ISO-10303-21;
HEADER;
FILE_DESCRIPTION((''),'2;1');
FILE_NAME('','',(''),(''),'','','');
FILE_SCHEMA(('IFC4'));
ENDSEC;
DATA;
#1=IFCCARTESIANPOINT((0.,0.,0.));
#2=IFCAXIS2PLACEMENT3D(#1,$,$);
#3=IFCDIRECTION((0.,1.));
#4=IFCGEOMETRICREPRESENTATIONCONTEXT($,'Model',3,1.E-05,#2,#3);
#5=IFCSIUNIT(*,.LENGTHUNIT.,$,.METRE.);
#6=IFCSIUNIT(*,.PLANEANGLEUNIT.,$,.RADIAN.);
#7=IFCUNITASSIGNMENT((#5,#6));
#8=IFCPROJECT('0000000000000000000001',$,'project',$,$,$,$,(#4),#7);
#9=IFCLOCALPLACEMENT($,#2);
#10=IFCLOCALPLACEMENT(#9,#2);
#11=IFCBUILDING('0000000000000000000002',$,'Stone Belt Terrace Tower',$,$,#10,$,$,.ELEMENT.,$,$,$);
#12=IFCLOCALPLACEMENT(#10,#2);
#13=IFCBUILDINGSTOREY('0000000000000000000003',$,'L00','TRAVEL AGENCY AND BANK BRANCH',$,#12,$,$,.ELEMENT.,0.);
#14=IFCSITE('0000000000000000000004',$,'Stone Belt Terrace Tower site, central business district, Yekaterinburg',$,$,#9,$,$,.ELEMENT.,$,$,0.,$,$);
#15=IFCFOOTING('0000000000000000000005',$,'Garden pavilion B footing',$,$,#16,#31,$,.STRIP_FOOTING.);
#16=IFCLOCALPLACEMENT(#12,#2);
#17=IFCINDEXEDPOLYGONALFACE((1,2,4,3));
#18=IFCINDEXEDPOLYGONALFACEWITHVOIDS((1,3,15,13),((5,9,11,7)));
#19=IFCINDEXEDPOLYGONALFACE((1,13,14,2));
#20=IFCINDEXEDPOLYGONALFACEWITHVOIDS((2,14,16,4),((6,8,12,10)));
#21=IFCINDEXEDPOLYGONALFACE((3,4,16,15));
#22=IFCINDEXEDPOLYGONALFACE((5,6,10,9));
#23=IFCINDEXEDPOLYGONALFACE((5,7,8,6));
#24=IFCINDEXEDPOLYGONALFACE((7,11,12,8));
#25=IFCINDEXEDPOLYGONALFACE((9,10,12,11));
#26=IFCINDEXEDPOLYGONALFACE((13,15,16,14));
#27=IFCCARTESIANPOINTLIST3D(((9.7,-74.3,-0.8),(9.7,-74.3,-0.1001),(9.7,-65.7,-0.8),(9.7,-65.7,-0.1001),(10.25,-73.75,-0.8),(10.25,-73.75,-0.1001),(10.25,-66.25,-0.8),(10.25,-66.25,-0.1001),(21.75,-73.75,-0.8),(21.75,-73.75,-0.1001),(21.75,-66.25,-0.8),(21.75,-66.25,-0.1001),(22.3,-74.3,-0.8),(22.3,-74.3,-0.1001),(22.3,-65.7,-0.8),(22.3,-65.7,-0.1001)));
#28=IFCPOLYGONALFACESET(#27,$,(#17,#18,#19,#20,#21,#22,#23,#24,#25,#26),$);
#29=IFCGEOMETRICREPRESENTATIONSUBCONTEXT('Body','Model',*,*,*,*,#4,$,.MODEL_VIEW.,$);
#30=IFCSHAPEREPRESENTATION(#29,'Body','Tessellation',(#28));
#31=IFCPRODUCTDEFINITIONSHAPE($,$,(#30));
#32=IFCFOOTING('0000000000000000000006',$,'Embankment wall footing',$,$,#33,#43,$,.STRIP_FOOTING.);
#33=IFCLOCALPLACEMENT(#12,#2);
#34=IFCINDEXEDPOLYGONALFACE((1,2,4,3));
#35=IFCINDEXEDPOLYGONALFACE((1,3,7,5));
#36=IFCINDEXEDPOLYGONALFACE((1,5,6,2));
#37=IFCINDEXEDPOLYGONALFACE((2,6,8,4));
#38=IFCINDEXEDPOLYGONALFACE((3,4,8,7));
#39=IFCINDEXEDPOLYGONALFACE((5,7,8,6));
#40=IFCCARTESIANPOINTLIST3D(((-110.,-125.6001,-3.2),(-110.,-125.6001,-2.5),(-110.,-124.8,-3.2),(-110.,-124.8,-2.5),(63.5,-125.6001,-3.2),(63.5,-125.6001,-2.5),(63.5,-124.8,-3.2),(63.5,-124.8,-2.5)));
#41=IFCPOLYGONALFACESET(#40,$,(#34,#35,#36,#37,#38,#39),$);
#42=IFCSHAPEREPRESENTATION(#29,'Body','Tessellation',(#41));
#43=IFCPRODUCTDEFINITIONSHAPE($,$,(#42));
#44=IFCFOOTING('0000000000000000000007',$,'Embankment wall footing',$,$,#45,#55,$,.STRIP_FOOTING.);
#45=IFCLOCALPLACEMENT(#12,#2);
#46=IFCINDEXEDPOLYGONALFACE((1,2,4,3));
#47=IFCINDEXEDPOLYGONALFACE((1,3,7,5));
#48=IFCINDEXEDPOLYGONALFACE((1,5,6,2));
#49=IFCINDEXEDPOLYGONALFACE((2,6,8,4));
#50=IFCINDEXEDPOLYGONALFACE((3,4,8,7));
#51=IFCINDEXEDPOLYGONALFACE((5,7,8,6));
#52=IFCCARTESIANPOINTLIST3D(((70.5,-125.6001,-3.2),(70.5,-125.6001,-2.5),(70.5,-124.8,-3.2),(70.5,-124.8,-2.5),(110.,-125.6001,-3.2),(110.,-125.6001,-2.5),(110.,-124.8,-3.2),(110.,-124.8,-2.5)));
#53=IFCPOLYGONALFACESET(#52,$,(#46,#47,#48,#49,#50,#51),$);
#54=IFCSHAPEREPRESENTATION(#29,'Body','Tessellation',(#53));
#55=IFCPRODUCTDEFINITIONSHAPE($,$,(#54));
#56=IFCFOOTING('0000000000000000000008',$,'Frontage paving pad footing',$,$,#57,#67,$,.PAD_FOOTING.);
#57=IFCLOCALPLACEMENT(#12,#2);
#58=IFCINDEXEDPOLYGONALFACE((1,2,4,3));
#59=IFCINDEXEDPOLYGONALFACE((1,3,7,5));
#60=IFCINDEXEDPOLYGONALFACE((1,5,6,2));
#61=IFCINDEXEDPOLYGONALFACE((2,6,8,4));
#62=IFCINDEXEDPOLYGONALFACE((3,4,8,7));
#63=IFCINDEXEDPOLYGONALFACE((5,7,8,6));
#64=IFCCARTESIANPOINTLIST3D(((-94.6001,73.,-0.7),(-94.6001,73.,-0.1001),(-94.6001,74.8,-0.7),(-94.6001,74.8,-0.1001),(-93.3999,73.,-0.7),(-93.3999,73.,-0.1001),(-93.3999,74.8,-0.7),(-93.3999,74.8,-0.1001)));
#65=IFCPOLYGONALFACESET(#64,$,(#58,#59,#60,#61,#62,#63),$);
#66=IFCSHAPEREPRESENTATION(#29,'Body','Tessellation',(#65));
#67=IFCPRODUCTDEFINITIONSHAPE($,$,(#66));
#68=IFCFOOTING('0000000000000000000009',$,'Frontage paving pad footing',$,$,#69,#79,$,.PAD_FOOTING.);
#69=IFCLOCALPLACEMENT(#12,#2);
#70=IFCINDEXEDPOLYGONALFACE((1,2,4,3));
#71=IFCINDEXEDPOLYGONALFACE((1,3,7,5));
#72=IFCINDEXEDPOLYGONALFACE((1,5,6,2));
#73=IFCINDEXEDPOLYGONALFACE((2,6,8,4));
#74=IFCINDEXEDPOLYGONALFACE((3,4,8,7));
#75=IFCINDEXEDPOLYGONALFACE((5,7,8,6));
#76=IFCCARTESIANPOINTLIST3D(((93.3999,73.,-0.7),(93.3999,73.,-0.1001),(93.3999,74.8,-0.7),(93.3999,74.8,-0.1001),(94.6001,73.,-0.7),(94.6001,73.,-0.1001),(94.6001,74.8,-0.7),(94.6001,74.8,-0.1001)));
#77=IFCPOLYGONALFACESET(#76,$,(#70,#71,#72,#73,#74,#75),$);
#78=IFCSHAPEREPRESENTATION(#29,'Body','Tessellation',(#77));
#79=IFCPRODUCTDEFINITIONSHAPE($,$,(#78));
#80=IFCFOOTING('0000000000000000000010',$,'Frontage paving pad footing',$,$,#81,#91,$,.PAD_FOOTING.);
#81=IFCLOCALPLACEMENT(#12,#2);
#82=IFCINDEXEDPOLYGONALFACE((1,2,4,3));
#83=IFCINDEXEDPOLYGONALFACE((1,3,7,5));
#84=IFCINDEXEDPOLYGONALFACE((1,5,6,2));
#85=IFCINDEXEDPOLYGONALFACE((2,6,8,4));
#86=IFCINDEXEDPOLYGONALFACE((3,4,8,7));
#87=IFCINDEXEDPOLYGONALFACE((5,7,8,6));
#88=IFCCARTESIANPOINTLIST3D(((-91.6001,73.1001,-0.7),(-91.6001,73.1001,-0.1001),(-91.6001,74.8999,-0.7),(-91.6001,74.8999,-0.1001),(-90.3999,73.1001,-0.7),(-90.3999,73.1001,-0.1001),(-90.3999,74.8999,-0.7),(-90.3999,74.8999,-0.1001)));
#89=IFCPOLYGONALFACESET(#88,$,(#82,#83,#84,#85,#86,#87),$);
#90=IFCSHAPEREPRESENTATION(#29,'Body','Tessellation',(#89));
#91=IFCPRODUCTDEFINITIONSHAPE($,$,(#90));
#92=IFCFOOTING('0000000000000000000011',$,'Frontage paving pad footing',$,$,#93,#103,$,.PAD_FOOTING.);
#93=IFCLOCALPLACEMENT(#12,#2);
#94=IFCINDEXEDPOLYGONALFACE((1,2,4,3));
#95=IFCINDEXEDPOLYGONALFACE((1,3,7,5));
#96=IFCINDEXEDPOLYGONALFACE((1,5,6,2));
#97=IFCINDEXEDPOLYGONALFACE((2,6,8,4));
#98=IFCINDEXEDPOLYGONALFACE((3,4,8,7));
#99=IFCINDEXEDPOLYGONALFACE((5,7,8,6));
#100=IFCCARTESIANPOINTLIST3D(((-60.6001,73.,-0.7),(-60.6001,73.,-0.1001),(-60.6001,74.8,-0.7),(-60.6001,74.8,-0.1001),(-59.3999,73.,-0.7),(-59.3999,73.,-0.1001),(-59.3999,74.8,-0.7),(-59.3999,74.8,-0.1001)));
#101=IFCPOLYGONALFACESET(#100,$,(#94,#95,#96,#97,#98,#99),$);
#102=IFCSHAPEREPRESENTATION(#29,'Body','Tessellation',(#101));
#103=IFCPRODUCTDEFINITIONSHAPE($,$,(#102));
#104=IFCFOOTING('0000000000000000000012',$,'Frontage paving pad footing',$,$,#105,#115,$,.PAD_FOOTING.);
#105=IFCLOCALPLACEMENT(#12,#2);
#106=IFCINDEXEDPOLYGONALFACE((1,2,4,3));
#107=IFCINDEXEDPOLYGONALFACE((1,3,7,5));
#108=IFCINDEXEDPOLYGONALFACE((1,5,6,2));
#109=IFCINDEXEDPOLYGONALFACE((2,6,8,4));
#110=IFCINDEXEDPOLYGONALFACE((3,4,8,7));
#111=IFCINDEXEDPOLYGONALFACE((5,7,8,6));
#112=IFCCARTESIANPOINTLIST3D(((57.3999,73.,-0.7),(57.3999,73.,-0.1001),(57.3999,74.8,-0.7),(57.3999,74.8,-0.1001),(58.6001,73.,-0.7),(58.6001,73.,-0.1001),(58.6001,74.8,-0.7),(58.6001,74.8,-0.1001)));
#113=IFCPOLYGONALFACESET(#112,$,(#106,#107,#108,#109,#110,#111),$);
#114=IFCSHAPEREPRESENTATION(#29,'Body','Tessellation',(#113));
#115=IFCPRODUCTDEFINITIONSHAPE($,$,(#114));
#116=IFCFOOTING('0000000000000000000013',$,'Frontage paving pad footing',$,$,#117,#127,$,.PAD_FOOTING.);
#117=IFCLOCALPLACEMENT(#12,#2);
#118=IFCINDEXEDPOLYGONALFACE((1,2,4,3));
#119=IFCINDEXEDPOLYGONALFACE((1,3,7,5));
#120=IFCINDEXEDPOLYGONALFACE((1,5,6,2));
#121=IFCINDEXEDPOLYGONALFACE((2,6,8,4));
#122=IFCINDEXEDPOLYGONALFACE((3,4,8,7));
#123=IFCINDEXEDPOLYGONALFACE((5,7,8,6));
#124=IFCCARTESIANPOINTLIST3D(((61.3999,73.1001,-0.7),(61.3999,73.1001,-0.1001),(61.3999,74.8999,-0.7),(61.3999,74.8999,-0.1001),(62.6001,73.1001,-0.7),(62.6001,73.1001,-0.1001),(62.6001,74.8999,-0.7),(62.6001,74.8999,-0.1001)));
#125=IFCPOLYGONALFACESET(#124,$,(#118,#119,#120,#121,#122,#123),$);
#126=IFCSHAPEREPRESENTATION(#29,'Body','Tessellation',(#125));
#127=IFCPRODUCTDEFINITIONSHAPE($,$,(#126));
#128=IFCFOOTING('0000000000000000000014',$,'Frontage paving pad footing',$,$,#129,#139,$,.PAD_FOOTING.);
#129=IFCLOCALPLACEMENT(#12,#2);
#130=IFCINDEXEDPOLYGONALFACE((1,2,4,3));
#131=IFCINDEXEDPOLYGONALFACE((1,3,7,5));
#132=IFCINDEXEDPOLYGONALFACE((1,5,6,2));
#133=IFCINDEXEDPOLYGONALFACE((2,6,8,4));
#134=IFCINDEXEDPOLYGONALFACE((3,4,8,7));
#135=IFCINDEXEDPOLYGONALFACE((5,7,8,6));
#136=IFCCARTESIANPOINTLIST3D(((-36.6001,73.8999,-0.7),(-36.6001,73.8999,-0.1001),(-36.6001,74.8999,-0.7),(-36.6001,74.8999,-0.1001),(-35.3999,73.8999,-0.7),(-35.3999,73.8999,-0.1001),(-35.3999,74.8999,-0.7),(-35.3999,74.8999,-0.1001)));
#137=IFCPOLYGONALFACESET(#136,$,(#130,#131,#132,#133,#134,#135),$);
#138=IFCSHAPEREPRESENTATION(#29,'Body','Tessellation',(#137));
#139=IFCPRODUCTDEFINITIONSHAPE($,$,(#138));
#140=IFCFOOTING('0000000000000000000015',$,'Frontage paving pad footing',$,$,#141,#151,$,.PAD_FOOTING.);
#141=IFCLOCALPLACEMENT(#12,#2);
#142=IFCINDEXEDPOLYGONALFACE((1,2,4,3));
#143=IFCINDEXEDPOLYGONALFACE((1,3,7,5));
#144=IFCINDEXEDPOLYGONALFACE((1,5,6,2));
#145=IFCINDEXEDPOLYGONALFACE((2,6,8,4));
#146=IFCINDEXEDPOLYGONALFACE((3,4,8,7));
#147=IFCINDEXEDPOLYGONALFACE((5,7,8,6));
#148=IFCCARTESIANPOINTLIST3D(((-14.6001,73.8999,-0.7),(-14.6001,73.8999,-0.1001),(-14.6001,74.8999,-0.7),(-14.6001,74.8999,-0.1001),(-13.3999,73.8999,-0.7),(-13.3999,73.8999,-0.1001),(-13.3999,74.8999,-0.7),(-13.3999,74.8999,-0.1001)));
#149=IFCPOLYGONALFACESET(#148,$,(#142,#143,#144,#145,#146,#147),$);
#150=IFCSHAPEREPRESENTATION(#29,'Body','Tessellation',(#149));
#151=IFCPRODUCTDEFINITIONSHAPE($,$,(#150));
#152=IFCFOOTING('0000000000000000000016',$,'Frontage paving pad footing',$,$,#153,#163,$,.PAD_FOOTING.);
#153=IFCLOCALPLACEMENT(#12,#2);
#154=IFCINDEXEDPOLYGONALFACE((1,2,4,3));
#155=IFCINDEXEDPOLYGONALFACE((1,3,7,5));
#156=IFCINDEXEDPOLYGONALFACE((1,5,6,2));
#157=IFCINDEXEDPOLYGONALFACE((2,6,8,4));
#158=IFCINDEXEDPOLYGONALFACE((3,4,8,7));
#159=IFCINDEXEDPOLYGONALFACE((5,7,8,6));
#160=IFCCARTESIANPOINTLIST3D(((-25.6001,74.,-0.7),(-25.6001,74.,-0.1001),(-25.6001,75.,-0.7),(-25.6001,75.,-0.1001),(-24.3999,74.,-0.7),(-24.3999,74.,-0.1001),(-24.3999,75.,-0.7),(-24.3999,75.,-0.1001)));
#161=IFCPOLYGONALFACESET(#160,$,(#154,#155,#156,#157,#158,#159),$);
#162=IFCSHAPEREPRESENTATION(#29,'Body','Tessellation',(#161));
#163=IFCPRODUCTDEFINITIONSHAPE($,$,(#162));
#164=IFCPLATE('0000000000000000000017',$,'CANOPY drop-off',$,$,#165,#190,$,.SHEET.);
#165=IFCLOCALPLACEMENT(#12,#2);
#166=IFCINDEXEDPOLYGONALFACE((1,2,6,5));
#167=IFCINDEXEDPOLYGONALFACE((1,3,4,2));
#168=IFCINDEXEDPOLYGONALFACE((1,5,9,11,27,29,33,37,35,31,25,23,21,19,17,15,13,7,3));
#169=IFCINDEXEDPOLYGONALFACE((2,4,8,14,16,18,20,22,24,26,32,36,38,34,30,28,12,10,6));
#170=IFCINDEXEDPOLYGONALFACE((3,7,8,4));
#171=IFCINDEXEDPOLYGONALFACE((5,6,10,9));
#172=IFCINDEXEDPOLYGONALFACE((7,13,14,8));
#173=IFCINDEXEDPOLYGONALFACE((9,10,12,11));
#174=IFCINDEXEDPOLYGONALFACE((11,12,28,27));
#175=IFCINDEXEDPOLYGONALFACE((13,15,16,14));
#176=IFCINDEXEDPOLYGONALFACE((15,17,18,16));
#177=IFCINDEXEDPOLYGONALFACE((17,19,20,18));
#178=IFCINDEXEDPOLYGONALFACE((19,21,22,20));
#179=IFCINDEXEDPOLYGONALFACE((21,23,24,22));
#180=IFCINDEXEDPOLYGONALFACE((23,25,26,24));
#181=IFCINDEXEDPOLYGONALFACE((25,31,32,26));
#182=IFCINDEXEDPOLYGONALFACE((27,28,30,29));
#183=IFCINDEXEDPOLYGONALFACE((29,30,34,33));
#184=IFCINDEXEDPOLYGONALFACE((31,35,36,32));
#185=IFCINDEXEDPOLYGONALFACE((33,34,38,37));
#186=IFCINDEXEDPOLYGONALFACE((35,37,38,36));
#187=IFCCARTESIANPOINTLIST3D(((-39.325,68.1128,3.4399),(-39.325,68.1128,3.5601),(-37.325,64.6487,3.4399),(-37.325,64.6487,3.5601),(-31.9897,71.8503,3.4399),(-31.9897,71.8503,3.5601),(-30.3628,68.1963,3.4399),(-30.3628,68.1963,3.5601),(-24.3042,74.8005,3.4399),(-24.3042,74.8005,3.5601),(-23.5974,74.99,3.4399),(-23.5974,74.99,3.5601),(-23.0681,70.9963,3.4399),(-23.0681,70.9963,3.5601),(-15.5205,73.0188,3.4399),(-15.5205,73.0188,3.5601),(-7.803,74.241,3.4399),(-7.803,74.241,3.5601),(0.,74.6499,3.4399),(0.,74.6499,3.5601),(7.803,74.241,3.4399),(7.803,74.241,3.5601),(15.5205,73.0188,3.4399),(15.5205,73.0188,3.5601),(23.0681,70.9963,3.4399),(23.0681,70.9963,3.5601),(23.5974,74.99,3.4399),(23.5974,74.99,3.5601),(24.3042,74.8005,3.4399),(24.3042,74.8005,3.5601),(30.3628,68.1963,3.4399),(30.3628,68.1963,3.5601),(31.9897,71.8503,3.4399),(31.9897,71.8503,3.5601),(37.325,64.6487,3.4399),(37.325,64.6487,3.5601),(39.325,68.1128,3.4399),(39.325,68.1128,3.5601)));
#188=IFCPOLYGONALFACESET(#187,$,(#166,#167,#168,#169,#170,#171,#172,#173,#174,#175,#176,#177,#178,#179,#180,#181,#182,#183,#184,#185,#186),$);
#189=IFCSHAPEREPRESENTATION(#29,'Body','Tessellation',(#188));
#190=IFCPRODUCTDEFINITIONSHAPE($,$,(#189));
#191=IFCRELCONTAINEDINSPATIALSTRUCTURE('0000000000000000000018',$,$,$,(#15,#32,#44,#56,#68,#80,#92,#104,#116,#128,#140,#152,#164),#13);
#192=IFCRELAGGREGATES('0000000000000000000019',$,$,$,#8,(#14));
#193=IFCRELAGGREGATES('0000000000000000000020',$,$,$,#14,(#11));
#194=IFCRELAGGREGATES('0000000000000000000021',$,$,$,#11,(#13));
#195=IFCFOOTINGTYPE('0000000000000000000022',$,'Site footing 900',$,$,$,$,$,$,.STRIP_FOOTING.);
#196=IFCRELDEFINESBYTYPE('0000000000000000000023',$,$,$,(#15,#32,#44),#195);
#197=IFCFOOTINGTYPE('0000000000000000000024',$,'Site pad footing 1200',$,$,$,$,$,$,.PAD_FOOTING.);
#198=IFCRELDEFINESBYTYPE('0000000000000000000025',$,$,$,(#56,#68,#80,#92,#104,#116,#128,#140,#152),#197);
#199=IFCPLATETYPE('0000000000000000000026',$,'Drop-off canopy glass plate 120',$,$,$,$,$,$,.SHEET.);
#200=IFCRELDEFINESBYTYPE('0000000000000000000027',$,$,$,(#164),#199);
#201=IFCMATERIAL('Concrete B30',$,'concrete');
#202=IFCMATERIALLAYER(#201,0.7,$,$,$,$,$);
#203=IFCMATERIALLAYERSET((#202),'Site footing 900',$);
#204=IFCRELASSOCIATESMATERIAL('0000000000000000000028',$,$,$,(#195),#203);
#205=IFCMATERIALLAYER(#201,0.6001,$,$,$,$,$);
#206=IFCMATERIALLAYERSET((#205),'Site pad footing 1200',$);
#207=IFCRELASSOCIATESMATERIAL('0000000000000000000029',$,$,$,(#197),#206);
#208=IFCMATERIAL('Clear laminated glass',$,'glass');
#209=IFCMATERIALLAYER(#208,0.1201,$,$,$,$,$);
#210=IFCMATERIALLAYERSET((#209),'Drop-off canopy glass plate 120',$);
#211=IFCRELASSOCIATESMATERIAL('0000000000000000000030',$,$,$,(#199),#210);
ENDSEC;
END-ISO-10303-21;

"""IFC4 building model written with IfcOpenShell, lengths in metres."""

from ifc_helpers import new_model, si_unit, direction, frame, origin, place, context, subcontext, project, spatial, polyline, outline, extrude, material, layer, layer_set, type_object, element, save


model = new_model("IFC4")

# Units and contexts
model_context = context("Model", 3, precision=1e-05, world=origin(), true_north=direction((0.0, 1.0)))
body_context = subcontext(model_context, "Body", "Model", "MODEL_VIEW")
ifc_project = project(units=[si_unit("LENGTHUNIT", "METRE"), si_unit("PLANEANGLEUNIT", "RADIAN")], contexts=[model_context])

# Site, building, storey
site_placement = place(None, origin())
site = spatial("IfcSite", under=ifc_project, at=site_placement, Name="Stone Belt Terrace Tower site, central business district, Yekaterinburg", CompositionType="ELEMENT", RefElevation=0.0)
building_placement = place(site_placement, origin())
building = spatial("IfcBuilding", under=site, at=building_placement, Name="Stone Belt Terrace Tower", CompositionType="ELEMENT")
storey_placement = place(building_placement, origin())
storey = spatial("IfcBuildingStorey", under=building, at=storey_placement, Name="L00", Description="TRAVEL AGENCY AND BANK BRANCH", CompositionType="ELEMENT", Elevation=0.0)

# Footings
ifc_material_1 = material(Name="Concrete B30", Category="concrete")
ifc_layer_1 = layer(ifc_material_1, 0.7)
ifc_layer_set_1 = layer_set([ifc_layer_1], Name="Site footing 900")
footing_type_1 = type_object("IfcFootingType", Name="Site footing 900", PredefinedType="STRIP_FOOTING", material=ifc_layer_set_1)
footing_1_placement = place(storey_placement, frame((0.0, 0.0, -0.8)))
element("IfcFooting", 1, at=footing_1_placement, inside=storey, type_object=footing_type_1, Name="Garden pavilion B footing", PredefinedType="STRIP_FOOTING", context=body_context, shape_type="SweptSolid", body=[
    extrude(outline(polyline([(9.7, -74.3), (22.3, -74.3), (22.3, -65.7), (9.7, -65.7), (9.7, -74.3)]), holes=[polyline([(21.75, -66.25), (10.25, -66.25), (10.25, -73.75), (21.75, -73.75), (21.75, -66.25)])]), origin(), (0.0, 0.0, 1.0), 0.7),
])
footing_2_placement = place(storey_placement, frame((0.0, 0.0, -3.2)))
element("IfcFooting", 2, at=footing_2_placement, inside=storey, type_object=footing_type_1, Name="Embankment wall footing", PredefinedType="STRIP_FOOTING", context=body_context, shape_type="SweptSolid", body=[
    extrude(outline(polyline([(-110.0, -125.6001), (63.5, -125.6001), (63.5, -124.8), (-110.0, -124.8), (-110.0, -125.6001)])), origin(), (0.0, 0.0, 1.0), 0.7),
])
footing_3_placement = place(storey_placement, frame((0.0, 0.0, -3.2)))
element("IfcFooting", 3, at=footing_3_placement, inside=storey, type_object=footing_type_1, Name="Embankment wall footing", PredefinedType="STRIP_FOOTING", context=body_context, shape_type="SweptSolid", body=[
    extrude(outline(polyline([(70.5, -125.6001), (110.0, -125.6001), (110.0, -124.8), (70.5, -124.8), (70.5, -125.6001)])), origin(), (0.0, 0.0, 1.0), 0.7),
])
ifc_layer_2 = layer(ifc_material_1, 0.6001)
ifc_layer_set_2 = layer_set([ifc_layer_2], Name="Site pad footing 1200")
footing_type_2 = type_object("IfcFootingType", Name="Site pad footing 1200", PredefinedType="PAD_FOOTING", material=ifc_layer_set_2)
footing_4_placement = place(storey_placement, frame((0.0, 0.0, -0.7)))
element("IfcFooting", 4, at=footing_4_placement, inside=storey, type_object=footing_type_2, Name="Frontage paving pad footing", PredefinedType="PAD_FOOTING", context=body_context, shape_type="SweptSolid", body=[
    extrude(outline(polyline([(-94.6001, 73.0), (-93.3999, 73.0), (-93.3999, 74.8), (-94.6001, 74.8), (-94.6001, 73.0)])), origin(), (0.0, 0.0, 1.0), 0.5999),
])
footing_5_placement = place(storey_placement, frame((0.0, 0.0, -0.7)))
element("IfcFooting", 5, at=footing_5_placement, inside=storey, type_object=footing_type_2, Name="Frontage paving pad footing", PredefinedType="PAD_FOOTING", context=body_context, shape_type="SweptSolid", body=[
    extrude(outline(polyline([(93.3999, 73.0), (94.6001, 73.0), (94.6001, 74.8), (93.3999, 74.8), (93.3999, 73.0)])), origin(), (0.0, 0.0, 1.0), 0.5999),
])
footing_6_placement = place(storey_placement, frame((0.0, 0.0, -0.7)))
element("IfcFooting", 6, at=footing_6_placement, inside=storey, type_object=footing_type_2, Name="Frontage paving pad footing", PredefinedType="PAD_FOOTING", context=body_context, shape_type="SweptSolid", body=[
    extrude(outline(polyline([(-91.6001, 73.1001), (-90.3999, 73.1001), (-90.3999, 74.8999), (-91.6001, 74.8999), (-91.6001, 73.1001)])), origin(), (0.0, 0.0, 1.0), 0.5999),
])
footing_7_placement = place(storey_placement, frame((0.0, 0.0, -0.7)))
element("IfcFooting", 7, at=footing_7_placement, inside=storey, type_object=footing_type_2, Name="Frontage paving pad footing", PredefinedType="PAD_FOOTING", context=body_context, shape_type="SweptSolid", body=[
    extrude(outline(polyline([(-60.6001, 73.0), (-59.3999, 73.0), (-59.3999, 74.8), (-60.6001, 74.8), (-60.6001, 73.0)])), origin(), (0.0, 0.0, 1.0), 0.5999),
])
footing_8_placement = place(storey_placement, frame((0.0, 0.0, -0.7)))
element("IfcFooting", 8, at=footing_8_placement, inside=storey, type_object=footing_type_2, Name="Frontage paving pad footing", PredefinedType="PAD_FOOTING", context=body_context, shape_type="SweptSolid", body=[
    extrude(outline(polyline([(57.3999, 73.0), (58.6001, 73.0), (58.6001, 74.8), (57.3999, 74.8), (57.3999, 73.0)])), origin(), (0.0, 0.0, 1.0), 0.5999),
])
footing_9_placement = place(storey_placement, frame((0.0, 0.0, -0.7)))
element("IfcFooting", 9, at=footing_9_placement, inside=storey, type_object=footing_type_2, Name="Frontage paving pad footing", PredefinedType="PAD_FOOTING", context=body_context, shape_type="SweptSolid", body=[
    extrude(outline(polyline([(61.3999, 73.1001), (62.6001, 73.1001), (62.6001, 74.8999), (61.3999, 74.8999), (61.3999, 73.1001)])), origin(), (0.0, 0.0, 1.0), 0.5999),
])
footing_10_placement = place(storey_placement, frame((0.0, 0.0, -0.7)))
element("IfcFooting", 10, at=footing_10_placement, inside=storey, type_object=footing_type_2, Name="Frontage paving pad footing", PredefinedType="PAD_FOOTING", context=body_context, shape_type="SweptSolid", body=[
    extrude(outline(polyline([(-36.6001, 73.8999), (-35.3999, 73.8999), (-35.3999, 74.8999), (-36.6001, 74.8999), (-36.6001, 73.8999)])), origin(), (0.0, 0.0, 1.0), 0.5999),
])
footing_11_placement = place(storey_placement, frame((0.0, 0.0, -0.7)))
element("IfcFooting", 11, at=footing_11_placement, inside=storey, type_object=footing_type_2, Name="Frontage paving pad footing", PredefinedType="PAD_FOOTING", context=body_context, shape_type="SweptSolid", body=[
    extrude(outline(polyline([(-14.6001, 73.8999), (-13.3999, 73.8999), (-13.3999, 74.8999), (-14.6001, 74.8999), (-14.6001, 73.8999)])), origin(), (0.0, 0.0, 1.0), 0.5999),
])
footing_12_placement = place(storey_placement, frame((0.0, 0.0, -0.7)))
element("IfcFooting", 12, at=footing_12_placement, inside=storey, type_object=footing_type_2, Name="Frontage paving pad footing", PredefinedType="PAD_FOOTING", context=body_context, shape_type="SweptSolid", body=[
    extrude(outline(polyline([(-25.6001, 74.0), (-24.3999, 74.0), (-24.3999, 75.0), (-25.6001, 75.0), (-25.6001, 74.0)])), origin(), (0.0, 0.0, 1.0), 0.5999),
])

# Plate
ifc_material_2 = material(Name="Clear laminated glass", Category="glass")
ifc_layer_3 = layer(ifc_material_2, 0.1201)
ifc_layer_set_3 = layer_set([ifc_layer_3], Name="Drop-off canopy glass plate 120")
plate_type = type_object("IfcPlateType", Name="Drop-off canopy glass plate 120", PredefinedType="SHEET", material=ifc_layer_set_3)
plate_placement = place(storey_placement, frame((0.0, 0.0, 3.4399)))
element("IfcPlate", 13, at=plate_placement, inside=storey, type_object=plate_type, Name="CANOPY drop-off", PredefinedType="SHEET", context=body_context, shape_type="SweptSolid", body=[
    extrude(outline(polyline([(30.3628, 68.1963), (37.325, 64.6487), (39.325, 68.1128), (31.9897, 71.8503), (24.3042, 74.8005), (23.5974, 74.99), (-23.5974, 74.99), (-24.3042, 74.8005), (-31.9897, 71.8503), (-39.325, 68.1128), (-37.325, 64.6487), (-30.3628, 68.1963), (-23.0681, 70.9963), (-15.5205, 73.0188), (-7.803, 74.241), (0.0, 74.6499), (7.803, 74.241), (15.5205, 73.0188), (23.0681, 70.9963), (30.3628, 68.1963)])), origin(), (0.0, 0.0, 1.0), 0.1201),
])

save(model, "model.ifc")
